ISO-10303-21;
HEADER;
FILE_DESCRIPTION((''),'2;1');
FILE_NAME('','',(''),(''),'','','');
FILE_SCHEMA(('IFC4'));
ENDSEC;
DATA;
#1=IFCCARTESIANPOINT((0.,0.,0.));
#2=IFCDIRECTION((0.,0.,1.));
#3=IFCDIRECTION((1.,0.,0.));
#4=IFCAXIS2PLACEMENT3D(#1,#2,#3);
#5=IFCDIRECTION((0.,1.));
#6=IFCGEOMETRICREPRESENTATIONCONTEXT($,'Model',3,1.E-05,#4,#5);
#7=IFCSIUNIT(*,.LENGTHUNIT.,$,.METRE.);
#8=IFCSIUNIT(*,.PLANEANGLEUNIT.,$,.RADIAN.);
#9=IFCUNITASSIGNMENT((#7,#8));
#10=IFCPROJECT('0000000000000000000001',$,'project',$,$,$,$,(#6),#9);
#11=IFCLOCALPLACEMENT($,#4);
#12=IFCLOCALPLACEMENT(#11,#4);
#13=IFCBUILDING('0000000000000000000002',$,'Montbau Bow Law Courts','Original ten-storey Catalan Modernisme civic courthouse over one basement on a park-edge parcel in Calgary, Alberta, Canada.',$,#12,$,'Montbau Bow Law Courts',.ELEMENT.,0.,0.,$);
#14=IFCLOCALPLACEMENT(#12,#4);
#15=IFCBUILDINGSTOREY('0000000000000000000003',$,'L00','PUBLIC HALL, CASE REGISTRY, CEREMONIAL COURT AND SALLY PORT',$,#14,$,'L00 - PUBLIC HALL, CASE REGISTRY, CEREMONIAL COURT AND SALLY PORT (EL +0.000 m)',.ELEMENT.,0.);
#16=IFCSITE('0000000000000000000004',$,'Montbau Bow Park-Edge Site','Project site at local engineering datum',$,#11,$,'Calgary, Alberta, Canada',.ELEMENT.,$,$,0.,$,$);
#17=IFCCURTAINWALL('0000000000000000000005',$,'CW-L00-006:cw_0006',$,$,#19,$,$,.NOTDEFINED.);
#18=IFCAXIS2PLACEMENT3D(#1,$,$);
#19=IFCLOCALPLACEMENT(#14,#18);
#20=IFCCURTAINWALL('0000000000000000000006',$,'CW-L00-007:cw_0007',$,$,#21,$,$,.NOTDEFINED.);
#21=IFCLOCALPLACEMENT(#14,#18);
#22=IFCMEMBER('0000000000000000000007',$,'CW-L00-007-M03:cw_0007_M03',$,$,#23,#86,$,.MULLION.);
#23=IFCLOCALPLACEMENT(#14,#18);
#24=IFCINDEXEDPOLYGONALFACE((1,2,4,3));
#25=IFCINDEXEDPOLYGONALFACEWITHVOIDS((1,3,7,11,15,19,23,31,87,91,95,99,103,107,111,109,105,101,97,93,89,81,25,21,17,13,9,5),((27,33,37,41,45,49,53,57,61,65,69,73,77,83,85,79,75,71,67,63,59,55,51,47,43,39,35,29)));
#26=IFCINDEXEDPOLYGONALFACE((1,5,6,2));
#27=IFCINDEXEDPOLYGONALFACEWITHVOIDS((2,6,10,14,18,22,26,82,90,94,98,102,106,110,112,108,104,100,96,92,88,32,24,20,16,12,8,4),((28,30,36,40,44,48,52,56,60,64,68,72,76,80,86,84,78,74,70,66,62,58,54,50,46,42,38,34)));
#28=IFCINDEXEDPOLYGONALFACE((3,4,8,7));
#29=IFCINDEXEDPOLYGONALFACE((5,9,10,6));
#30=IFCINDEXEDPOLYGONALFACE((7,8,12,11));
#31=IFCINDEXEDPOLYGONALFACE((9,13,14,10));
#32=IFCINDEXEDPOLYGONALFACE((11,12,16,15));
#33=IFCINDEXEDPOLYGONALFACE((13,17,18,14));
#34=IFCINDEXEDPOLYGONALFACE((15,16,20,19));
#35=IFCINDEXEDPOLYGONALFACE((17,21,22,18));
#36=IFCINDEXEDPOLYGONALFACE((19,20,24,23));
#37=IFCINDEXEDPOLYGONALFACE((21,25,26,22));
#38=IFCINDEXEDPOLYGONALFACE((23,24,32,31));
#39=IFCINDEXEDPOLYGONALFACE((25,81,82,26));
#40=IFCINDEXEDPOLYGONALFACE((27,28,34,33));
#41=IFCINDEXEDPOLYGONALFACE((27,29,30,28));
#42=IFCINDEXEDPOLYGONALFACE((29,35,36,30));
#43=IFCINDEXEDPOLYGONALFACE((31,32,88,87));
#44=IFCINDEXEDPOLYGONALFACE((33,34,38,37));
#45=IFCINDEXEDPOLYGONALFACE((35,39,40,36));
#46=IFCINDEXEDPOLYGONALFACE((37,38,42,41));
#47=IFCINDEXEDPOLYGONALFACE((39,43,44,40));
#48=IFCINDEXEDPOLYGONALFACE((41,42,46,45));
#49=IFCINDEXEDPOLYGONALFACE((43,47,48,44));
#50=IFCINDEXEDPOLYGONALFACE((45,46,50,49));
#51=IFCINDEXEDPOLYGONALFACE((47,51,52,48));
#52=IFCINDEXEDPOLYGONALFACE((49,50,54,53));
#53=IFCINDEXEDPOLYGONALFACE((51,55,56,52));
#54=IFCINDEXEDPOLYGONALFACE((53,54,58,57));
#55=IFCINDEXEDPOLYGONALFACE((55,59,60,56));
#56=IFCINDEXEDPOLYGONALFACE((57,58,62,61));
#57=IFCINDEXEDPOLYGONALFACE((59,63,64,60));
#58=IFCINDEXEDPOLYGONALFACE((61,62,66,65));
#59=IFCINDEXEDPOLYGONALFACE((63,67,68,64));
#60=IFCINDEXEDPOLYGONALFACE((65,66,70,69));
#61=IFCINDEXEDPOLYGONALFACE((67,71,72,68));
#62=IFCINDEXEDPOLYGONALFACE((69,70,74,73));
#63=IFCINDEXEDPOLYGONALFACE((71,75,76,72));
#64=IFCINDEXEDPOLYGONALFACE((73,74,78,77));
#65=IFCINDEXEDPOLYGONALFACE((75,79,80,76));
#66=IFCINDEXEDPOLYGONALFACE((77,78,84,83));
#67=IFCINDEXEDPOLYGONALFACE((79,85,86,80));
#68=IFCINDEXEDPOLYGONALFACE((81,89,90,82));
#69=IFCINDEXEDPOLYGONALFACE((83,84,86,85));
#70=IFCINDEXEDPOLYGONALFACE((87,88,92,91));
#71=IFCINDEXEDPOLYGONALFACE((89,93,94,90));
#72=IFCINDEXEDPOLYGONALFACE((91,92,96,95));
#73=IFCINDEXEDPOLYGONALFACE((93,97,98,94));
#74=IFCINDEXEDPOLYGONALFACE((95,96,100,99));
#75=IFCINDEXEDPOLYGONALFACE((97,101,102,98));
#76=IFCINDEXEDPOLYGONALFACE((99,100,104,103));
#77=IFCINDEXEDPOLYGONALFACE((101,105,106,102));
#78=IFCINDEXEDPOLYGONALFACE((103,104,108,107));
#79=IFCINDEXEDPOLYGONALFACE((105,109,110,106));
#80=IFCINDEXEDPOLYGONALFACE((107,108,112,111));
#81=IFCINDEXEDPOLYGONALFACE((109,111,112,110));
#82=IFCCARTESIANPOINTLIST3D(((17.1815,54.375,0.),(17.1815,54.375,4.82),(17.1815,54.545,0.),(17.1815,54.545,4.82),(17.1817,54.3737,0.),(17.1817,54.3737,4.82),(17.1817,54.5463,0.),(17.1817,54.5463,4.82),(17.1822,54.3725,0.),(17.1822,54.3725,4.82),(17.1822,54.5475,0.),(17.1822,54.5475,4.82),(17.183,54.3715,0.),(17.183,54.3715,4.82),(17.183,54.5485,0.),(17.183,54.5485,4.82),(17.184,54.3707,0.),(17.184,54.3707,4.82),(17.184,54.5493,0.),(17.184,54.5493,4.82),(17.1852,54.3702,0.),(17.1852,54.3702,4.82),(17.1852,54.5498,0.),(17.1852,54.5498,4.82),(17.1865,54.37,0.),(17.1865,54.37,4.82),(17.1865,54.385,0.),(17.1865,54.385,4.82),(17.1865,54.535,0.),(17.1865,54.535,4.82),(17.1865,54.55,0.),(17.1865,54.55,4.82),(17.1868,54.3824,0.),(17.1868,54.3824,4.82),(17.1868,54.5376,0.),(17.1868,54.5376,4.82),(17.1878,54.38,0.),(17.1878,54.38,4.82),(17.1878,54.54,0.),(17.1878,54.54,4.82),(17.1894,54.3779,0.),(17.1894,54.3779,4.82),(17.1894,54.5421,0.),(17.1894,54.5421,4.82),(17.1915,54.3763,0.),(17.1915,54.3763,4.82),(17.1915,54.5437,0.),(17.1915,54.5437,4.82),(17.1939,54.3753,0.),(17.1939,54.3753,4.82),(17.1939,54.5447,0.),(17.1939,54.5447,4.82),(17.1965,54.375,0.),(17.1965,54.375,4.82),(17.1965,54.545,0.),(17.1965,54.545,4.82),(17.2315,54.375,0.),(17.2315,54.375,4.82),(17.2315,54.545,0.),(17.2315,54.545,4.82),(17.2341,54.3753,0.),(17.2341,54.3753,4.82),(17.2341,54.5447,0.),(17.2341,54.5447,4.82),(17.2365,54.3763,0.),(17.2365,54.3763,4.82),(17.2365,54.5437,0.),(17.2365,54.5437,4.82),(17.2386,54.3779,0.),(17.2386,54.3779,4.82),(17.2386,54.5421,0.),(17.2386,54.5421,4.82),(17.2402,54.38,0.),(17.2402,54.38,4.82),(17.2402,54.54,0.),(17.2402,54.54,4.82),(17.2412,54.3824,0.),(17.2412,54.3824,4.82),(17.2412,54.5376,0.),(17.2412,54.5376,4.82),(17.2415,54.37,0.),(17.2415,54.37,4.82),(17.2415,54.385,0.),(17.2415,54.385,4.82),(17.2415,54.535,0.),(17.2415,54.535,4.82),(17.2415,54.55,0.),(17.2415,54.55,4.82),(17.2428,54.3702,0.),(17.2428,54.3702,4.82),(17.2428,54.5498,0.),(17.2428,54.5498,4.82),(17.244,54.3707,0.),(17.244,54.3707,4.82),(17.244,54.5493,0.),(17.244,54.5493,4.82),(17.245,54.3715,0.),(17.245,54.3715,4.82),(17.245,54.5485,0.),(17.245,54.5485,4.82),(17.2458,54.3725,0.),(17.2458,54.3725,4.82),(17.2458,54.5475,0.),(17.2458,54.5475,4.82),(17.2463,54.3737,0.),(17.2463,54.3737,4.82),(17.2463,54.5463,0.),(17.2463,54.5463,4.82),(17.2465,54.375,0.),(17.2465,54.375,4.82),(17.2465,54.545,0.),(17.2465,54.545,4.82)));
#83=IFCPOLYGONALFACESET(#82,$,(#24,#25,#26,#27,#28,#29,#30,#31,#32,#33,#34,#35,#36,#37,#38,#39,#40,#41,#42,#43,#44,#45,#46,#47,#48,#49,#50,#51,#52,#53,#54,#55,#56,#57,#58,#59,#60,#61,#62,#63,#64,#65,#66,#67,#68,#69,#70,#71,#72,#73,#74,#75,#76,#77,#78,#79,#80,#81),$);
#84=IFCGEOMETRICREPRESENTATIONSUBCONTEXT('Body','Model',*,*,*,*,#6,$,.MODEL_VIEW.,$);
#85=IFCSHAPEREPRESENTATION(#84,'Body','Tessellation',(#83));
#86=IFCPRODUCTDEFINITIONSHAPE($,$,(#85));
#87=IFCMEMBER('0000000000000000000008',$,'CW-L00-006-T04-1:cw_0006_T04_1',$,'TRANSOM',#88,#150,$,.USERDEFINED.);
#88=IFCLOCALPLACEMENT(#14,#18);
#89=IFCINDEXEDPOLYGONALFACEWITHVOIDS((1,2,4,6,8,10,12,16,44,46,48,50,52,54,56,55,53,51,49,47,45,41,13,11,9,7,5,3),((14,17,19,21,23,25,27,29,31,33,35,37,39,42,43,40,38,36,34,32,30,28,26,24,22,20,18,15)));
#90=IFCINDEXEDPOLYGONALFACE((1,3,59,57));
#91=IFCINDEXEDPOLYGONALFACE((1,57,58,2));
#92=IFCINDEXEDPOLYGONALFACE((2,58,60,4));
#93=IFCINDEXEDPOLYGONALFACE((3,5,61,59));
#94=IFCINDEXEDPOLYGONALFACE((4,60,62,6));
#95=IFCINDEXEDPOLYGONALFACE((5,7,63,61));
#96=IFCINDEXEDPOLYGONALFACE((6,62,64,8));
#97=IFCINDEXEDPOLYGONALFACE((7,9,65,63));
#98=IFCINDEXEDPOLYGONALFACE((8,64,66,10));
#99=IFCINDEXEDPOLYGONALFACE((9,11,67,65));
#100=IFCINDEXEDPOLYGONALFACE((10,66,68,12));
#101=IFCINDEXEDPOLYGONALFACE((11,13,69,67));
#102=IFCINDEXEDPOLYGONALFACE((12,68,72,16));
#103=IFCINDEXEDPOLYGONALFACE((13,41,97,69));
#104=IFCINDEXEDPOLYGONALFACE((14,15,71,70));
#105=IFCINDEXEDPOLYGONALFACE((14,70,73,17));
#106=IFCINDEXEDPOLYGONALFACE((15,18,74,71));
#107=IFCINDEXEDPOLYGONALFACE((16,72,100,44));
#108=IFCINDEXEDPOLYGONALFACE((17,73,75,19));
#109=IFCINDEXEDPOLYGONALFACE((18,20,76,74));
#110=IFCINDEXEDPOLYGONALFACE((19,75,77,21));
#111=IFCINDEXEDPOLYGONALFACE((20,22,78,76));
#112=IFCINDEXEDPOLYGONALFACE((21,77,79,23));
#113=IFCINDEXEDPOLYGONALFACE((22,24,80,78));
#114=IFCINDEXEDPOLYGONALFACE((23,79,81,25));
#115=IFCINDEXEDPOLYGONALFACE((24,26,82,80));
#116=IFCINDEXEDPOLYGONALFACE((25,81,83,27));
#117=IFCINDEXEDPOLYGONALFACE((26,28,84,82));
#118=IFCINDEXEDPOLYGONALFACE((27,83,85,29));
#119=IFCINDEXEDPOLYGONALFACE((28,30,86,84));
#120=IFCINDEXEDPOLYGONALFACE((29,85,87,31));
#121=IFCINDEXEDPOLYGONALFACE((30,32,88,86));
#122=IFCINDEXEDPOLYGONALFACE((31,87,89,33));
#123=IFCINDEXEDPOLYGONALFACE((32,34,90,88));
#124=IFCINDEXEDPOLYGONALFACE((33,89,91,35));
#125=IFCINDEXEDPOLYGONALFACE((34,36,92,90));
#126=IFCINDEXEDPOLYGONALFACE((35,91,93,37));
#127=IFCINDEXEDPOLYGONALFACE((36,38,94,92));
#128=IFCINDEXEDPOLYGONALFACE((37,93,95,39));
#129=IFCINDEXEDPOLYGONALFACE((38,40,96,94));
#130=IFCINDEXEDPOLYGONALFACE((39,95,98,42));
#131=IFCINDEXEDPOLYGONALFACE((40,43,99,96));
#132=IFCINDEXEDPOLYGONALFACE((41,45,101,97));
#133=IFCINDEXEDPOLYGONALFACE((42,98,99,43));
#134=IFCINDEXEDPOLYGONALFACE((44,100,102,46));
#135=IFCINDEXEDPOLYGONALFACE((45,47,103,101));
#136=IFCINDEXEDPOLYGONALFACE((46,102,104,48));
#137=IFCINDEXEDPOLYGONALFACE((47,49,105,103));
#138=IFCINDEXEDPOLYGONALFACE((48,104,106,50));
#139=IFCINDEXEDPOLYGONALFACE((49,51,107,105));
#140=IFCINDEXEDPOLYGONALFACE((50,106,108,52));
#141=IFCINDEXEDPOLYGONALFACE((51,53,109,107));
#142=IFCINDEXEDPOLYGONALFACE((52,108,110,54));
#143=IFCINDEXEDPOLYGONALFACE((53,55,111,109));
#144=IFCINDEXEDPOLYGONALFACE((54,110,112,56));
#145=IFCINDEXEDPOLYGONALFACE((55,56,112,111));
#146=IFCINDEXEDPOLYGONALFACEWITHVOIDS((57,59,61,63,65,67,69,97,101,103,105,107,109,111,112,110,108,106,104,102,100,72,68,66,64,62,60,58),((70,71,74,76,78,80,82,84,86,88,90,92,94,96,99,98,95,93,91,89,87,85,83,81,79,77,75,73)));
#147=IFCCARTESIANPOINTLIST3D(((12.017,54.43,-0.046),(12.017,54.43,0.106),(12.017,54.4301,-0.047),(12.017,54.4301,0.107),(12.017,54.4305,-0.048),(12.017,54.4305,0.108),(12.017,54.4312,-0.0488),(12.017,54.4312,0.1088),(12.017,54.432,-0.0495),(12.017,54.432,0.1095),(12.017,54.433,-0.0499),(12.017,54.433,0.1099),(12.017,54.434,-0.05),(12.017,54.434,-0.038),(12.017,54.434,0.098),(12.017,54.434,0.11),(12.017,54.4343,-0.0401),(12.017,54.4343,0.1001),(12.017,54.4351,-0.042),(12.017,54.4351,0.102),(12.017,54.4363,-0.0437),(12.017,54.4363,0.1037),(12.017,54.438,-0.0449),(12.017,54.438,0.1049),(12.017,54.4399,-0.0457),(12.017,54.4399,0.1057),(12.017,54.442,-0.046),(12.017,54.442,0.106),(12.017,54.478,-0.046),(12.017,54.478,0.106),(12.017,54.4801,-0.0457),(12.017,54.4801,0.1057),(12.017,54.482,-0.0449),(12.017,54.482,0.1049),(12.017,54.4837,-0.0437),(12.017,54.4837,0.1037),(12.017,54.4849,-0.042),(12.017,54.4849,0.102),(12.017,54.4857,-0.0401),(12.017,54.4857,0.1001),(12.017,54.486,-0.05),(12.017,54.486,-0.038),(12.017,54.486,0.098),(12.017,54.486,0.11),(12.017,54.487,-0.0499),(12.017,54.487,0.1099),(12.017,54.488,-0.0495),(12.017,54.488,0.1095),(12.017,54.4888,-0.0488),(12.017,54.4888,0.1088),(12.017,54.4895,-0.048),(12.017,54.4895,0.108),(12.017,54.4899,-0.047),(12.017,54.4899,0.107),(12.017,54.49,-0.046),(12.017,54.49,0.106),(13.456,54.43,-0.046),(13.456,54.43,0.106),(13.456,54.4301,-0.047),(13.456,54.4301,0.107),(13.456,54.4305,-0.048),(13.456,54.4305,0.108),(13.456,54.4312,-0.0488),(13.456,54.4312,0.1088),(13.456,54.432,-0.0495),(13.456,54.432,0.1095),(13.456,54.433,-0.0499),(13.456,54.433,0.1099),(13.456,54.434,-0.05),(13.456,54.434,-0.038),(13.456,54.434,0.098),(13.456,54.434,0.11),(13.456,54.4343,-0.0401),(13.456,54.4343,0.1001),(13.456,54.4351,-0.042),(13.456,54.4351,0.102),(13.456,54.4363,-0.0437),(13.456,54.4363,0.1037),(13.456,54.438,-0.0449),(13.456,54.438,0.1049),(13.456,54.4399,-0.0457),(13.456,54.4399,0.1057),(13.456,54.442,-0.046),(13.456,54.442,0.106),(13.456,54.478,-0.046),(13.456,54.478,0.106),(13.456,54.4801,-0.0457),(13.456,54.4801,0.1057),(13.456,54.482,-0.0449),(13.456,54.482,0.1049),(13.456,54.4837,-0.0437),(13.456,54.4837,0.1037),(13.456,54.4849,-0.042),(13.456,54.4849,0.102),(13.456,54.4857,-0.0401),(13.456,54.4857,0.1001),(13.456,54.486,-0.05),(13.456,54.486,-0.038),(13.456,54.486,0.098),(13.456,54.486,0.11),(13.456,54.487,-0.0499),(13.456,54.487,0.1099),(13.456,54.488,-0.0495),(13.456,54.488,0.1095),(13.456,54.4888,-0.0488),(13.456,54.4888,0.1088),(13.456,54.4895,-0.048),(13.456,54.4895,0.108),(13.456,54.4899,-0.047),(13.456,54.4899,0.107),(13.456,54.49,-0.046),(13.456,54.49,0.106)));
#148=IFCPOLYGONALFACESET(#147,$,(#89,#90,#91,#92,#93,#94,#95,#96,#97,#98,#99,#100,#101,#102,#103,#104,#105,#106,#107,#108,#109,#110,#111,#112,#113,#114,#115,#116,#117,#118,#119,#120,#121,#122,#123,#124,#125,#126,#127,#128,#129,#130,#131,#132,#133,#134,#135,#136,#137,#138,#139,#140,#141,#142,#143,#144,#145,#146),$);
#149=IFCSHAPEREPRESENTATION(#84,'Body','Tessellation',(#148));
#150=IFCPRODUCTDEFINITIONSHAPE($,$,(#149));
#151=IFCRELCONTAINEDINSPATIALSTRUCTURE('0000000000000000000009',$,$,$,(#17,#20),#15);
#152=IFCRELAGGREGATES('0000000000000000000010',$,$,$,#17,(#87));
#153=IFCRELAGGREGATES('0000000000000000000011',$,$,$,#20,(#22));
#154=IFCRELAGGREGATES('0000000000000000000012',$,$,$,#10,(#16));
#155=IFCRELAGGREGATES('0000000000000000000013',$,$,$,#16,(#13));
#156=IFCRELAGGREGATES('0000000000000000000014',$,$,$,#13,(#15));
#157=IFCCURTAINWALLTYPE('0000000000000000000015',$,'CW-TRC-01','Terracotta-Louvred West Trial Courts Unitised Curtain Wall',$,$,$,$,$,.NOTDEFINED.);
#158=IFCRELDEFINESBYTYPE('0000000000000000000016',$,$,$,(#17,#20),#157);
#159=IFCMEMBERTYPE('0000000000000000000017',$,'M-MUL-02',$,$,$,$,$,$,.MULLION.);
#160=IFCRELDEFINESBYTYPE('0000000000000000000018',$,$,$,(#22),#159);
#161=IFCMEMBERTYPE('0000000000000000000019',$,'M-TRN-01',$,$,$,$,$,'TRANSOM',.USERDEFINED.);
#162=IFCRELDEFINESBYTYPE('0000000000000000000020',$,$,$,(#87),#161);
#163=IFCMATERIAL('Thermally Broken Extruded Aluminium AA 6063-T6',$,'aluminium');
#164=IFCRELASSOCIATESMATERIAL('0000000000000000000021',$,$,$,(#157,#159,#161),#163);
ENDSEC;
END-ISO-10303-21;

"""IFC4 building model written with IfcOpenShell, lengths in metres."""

from ifc_helpers import new_model, si_unit, direction, frame, origin_with_axes, origin_2d_with_axis, place, context, subcontext, project, spatial, hollow_rectangle, extrude, material, material_profile, profile_set, type_object, element, aggregate, save


model = new_model("IFC4")

# Units and contexts
model_context = context("Model", 3, precision=1e-05, world=origin_with_axes(), true_north=direction((0.0, 1.0)))
body_context = subcontext(model_context, "Body", "Model", "MODEL_VIEW")
ifc_project = project(units=[si_unit("LENGTHUNIT", "METRE"), si_unit("PLANEANGLEUNIT", "RADIAN")], contexts=[model_context])

# Site, building, storey
site_placement = place(None, origin_with_axes())
site = spatial("IfcSite", under=ifc_project, at=site_placement, Name="Montbau Bow Park-Edge Site", Description="Project site at local engineering datum", LongName="Calgary, Alberta, Canada", CompositionType="ELEMENT", RefElevation=0.0)
building_placement = place(site_placement, origin_with_axes())
building = spatial("IfcBuilding", under=site, at=building_placement, Name="Montbau Bow Law Courts", Description="Original ten-storey Catalan Modernisme civic courthouse over one basement on a park-edge parcel in Calgary, Alberta, Canada.", LongName="Montbau Bow Law Courts", CompositionType="ELEMENT", ElevationOfRefHeight=0.0, ElevationOfTerrain=0.0)
storey_placement = place(building_placement, origin_with_axes())
storey = spatial("IfcBuildingStorey", under=building, at=storey_placement, Name="L00", Description="PUBLIC HALL, CASE REGISTRY, CEREMONIAL COURT AND SALLY PORT", LongName="L00 - PUBLIC HALL, CASE REGISTRY, CEREMONIAL COURT AND SALLY PORT (EL +0.000 m)", CompositionType="ELEMENT", Elevation=0.0)

# Curtain walls, member
ifc_material_1 = material(Name="Thermally Broken Extruded Aluminium AA 6063-T6", Category="aluminium")
curtain_wall_type = type_object("IfcCurtainWallType", Name="CW-TRC-01", Description="Terracotta-Louvred West Trial Courts Unitised Curtain Wall", PredefinedType="NOTDEFINED", material=ifc_material_1)
curtain_wall_1_placement = place(None, frame((7.315, 54.46, 0.0), z_axis=(0.0, 0.0, 1.0), x_axis=(1.0, 0.0, 0.0)))
curtain_wall_1 = element("IfcCurtainWall", 1, at=curtain_wall_1_placement, inside=storey, type_object=curtain_wall_type, Name="CW-L00-006:cw_0006", PredefinedType="NOTDEFINED")
curtain_wall_2_placement = place(None, frame((14.068, 54.46, 0.0), z_axis=(0.0, 0.0, 1.0), x_axis=(1.0, 0.0, 0.0)))
curtain_wall_2 = element("IfcCurtainWall", 2, at=curtain_wall_2_placement, inside=storey, type_object=curtain_wall_type, Name="CW-L00-007:cw_0007", PredefinedType="NOTDEFINED")
ifc_material_profile_1 = material_profile(ifc_material_1, hollow_rectangle(XDim=0.065, YDim=0.18, WallThickness=0.005, InnerFilletRadius=0.01, OuterFilletRadius=0.005, at=origin_2d_with_axis()), Name="CWM-180X65", Category="Main", Priority=0)
ifc_profile_set_1 = profile_set([ifc_material_profile_1], Name="Thermally Broken Extruded Aluminium AA 6063-T6")
member_type_1 = type_object("IfcMemberType", Name="M-MUL-02", PredefinedType="MULLION", material=ifc_profile_set_1)
member_1_placement = place(None, frame((17.214, 54.46, 0.0), z_axis=(0.0, 0.0, 1.0), x_axis=(1.0, 0.0, 0.0)))
member_1 = element("IfcMember", 3, at=member_1_placement, type_object=member_type_1, Name="CW-L00-007-M03:cw_0007_M03", PredefinedType="MULLION", context=body_context, shape_type="SweptSolid", body=[
    extrude(hollow_rectangle(XDim=0.065, YDim=0.18, WallThickness=0.005, InnerFilletRadius=0.01, OuterFilletRadius=0.005, at=origin_2d_with_axis()), origin_with_axes(), (0.0, 0.0, 1.0), 4.82),
])

# Member
ifc_material_profile_2 = material_profile(ifc_material_1, hollow_rectangle(XDim=0.06, YDim=0.16, WallThickness=0.004, InnerFilletRadius=0.008, OuterFilletRadius=0.004, at=origin_2d_with_axis()), Name="CWT-160X60", Category="Main", Priority=0)
ifc_profile_set_2 = profile_set([ifc_material_profile_2], Name="Thermally Broken Extruded Aluminium AA 6063-T6")
member_type_2 = type_object("IfcMemberType", Name="M-TRN-01", ElementType="TRANSOM", PredefinedType="USERDEFINED", material=ifc_profile_set_2)
member_2_placement = place(None, frame((12.017, 54.46, 0.03), z_axis=(1.0, 0.0, 0.0), x_axis=(0.0, 1.0, 0.0)))
member_2 = element("IfcMember", 4, at=member_2_placement, type_object=member_type_2, Name="CW-L00-006-T04-1:cw_0006_T04_1", ObjectType="TRANSOM", PredefinedType="USERDEFINED", context=body_context, shape_type="SweptSolid", body=[
    extrude(hollow_rectangle(XDim=0.06, YDim=0.16, WallThickness=0.004, InnerFilletRadius=0.008, OuterFilletRadius=0.004, at=origin_2d_with_axis()), origin_with_axes(), (0.0, 0.0, 1.0), 1.439),
])

aggregate(curtain_wall_1, [member_2])
aggregate(curtain_wall_2, [member_1])

save(model, "model.ifc")
